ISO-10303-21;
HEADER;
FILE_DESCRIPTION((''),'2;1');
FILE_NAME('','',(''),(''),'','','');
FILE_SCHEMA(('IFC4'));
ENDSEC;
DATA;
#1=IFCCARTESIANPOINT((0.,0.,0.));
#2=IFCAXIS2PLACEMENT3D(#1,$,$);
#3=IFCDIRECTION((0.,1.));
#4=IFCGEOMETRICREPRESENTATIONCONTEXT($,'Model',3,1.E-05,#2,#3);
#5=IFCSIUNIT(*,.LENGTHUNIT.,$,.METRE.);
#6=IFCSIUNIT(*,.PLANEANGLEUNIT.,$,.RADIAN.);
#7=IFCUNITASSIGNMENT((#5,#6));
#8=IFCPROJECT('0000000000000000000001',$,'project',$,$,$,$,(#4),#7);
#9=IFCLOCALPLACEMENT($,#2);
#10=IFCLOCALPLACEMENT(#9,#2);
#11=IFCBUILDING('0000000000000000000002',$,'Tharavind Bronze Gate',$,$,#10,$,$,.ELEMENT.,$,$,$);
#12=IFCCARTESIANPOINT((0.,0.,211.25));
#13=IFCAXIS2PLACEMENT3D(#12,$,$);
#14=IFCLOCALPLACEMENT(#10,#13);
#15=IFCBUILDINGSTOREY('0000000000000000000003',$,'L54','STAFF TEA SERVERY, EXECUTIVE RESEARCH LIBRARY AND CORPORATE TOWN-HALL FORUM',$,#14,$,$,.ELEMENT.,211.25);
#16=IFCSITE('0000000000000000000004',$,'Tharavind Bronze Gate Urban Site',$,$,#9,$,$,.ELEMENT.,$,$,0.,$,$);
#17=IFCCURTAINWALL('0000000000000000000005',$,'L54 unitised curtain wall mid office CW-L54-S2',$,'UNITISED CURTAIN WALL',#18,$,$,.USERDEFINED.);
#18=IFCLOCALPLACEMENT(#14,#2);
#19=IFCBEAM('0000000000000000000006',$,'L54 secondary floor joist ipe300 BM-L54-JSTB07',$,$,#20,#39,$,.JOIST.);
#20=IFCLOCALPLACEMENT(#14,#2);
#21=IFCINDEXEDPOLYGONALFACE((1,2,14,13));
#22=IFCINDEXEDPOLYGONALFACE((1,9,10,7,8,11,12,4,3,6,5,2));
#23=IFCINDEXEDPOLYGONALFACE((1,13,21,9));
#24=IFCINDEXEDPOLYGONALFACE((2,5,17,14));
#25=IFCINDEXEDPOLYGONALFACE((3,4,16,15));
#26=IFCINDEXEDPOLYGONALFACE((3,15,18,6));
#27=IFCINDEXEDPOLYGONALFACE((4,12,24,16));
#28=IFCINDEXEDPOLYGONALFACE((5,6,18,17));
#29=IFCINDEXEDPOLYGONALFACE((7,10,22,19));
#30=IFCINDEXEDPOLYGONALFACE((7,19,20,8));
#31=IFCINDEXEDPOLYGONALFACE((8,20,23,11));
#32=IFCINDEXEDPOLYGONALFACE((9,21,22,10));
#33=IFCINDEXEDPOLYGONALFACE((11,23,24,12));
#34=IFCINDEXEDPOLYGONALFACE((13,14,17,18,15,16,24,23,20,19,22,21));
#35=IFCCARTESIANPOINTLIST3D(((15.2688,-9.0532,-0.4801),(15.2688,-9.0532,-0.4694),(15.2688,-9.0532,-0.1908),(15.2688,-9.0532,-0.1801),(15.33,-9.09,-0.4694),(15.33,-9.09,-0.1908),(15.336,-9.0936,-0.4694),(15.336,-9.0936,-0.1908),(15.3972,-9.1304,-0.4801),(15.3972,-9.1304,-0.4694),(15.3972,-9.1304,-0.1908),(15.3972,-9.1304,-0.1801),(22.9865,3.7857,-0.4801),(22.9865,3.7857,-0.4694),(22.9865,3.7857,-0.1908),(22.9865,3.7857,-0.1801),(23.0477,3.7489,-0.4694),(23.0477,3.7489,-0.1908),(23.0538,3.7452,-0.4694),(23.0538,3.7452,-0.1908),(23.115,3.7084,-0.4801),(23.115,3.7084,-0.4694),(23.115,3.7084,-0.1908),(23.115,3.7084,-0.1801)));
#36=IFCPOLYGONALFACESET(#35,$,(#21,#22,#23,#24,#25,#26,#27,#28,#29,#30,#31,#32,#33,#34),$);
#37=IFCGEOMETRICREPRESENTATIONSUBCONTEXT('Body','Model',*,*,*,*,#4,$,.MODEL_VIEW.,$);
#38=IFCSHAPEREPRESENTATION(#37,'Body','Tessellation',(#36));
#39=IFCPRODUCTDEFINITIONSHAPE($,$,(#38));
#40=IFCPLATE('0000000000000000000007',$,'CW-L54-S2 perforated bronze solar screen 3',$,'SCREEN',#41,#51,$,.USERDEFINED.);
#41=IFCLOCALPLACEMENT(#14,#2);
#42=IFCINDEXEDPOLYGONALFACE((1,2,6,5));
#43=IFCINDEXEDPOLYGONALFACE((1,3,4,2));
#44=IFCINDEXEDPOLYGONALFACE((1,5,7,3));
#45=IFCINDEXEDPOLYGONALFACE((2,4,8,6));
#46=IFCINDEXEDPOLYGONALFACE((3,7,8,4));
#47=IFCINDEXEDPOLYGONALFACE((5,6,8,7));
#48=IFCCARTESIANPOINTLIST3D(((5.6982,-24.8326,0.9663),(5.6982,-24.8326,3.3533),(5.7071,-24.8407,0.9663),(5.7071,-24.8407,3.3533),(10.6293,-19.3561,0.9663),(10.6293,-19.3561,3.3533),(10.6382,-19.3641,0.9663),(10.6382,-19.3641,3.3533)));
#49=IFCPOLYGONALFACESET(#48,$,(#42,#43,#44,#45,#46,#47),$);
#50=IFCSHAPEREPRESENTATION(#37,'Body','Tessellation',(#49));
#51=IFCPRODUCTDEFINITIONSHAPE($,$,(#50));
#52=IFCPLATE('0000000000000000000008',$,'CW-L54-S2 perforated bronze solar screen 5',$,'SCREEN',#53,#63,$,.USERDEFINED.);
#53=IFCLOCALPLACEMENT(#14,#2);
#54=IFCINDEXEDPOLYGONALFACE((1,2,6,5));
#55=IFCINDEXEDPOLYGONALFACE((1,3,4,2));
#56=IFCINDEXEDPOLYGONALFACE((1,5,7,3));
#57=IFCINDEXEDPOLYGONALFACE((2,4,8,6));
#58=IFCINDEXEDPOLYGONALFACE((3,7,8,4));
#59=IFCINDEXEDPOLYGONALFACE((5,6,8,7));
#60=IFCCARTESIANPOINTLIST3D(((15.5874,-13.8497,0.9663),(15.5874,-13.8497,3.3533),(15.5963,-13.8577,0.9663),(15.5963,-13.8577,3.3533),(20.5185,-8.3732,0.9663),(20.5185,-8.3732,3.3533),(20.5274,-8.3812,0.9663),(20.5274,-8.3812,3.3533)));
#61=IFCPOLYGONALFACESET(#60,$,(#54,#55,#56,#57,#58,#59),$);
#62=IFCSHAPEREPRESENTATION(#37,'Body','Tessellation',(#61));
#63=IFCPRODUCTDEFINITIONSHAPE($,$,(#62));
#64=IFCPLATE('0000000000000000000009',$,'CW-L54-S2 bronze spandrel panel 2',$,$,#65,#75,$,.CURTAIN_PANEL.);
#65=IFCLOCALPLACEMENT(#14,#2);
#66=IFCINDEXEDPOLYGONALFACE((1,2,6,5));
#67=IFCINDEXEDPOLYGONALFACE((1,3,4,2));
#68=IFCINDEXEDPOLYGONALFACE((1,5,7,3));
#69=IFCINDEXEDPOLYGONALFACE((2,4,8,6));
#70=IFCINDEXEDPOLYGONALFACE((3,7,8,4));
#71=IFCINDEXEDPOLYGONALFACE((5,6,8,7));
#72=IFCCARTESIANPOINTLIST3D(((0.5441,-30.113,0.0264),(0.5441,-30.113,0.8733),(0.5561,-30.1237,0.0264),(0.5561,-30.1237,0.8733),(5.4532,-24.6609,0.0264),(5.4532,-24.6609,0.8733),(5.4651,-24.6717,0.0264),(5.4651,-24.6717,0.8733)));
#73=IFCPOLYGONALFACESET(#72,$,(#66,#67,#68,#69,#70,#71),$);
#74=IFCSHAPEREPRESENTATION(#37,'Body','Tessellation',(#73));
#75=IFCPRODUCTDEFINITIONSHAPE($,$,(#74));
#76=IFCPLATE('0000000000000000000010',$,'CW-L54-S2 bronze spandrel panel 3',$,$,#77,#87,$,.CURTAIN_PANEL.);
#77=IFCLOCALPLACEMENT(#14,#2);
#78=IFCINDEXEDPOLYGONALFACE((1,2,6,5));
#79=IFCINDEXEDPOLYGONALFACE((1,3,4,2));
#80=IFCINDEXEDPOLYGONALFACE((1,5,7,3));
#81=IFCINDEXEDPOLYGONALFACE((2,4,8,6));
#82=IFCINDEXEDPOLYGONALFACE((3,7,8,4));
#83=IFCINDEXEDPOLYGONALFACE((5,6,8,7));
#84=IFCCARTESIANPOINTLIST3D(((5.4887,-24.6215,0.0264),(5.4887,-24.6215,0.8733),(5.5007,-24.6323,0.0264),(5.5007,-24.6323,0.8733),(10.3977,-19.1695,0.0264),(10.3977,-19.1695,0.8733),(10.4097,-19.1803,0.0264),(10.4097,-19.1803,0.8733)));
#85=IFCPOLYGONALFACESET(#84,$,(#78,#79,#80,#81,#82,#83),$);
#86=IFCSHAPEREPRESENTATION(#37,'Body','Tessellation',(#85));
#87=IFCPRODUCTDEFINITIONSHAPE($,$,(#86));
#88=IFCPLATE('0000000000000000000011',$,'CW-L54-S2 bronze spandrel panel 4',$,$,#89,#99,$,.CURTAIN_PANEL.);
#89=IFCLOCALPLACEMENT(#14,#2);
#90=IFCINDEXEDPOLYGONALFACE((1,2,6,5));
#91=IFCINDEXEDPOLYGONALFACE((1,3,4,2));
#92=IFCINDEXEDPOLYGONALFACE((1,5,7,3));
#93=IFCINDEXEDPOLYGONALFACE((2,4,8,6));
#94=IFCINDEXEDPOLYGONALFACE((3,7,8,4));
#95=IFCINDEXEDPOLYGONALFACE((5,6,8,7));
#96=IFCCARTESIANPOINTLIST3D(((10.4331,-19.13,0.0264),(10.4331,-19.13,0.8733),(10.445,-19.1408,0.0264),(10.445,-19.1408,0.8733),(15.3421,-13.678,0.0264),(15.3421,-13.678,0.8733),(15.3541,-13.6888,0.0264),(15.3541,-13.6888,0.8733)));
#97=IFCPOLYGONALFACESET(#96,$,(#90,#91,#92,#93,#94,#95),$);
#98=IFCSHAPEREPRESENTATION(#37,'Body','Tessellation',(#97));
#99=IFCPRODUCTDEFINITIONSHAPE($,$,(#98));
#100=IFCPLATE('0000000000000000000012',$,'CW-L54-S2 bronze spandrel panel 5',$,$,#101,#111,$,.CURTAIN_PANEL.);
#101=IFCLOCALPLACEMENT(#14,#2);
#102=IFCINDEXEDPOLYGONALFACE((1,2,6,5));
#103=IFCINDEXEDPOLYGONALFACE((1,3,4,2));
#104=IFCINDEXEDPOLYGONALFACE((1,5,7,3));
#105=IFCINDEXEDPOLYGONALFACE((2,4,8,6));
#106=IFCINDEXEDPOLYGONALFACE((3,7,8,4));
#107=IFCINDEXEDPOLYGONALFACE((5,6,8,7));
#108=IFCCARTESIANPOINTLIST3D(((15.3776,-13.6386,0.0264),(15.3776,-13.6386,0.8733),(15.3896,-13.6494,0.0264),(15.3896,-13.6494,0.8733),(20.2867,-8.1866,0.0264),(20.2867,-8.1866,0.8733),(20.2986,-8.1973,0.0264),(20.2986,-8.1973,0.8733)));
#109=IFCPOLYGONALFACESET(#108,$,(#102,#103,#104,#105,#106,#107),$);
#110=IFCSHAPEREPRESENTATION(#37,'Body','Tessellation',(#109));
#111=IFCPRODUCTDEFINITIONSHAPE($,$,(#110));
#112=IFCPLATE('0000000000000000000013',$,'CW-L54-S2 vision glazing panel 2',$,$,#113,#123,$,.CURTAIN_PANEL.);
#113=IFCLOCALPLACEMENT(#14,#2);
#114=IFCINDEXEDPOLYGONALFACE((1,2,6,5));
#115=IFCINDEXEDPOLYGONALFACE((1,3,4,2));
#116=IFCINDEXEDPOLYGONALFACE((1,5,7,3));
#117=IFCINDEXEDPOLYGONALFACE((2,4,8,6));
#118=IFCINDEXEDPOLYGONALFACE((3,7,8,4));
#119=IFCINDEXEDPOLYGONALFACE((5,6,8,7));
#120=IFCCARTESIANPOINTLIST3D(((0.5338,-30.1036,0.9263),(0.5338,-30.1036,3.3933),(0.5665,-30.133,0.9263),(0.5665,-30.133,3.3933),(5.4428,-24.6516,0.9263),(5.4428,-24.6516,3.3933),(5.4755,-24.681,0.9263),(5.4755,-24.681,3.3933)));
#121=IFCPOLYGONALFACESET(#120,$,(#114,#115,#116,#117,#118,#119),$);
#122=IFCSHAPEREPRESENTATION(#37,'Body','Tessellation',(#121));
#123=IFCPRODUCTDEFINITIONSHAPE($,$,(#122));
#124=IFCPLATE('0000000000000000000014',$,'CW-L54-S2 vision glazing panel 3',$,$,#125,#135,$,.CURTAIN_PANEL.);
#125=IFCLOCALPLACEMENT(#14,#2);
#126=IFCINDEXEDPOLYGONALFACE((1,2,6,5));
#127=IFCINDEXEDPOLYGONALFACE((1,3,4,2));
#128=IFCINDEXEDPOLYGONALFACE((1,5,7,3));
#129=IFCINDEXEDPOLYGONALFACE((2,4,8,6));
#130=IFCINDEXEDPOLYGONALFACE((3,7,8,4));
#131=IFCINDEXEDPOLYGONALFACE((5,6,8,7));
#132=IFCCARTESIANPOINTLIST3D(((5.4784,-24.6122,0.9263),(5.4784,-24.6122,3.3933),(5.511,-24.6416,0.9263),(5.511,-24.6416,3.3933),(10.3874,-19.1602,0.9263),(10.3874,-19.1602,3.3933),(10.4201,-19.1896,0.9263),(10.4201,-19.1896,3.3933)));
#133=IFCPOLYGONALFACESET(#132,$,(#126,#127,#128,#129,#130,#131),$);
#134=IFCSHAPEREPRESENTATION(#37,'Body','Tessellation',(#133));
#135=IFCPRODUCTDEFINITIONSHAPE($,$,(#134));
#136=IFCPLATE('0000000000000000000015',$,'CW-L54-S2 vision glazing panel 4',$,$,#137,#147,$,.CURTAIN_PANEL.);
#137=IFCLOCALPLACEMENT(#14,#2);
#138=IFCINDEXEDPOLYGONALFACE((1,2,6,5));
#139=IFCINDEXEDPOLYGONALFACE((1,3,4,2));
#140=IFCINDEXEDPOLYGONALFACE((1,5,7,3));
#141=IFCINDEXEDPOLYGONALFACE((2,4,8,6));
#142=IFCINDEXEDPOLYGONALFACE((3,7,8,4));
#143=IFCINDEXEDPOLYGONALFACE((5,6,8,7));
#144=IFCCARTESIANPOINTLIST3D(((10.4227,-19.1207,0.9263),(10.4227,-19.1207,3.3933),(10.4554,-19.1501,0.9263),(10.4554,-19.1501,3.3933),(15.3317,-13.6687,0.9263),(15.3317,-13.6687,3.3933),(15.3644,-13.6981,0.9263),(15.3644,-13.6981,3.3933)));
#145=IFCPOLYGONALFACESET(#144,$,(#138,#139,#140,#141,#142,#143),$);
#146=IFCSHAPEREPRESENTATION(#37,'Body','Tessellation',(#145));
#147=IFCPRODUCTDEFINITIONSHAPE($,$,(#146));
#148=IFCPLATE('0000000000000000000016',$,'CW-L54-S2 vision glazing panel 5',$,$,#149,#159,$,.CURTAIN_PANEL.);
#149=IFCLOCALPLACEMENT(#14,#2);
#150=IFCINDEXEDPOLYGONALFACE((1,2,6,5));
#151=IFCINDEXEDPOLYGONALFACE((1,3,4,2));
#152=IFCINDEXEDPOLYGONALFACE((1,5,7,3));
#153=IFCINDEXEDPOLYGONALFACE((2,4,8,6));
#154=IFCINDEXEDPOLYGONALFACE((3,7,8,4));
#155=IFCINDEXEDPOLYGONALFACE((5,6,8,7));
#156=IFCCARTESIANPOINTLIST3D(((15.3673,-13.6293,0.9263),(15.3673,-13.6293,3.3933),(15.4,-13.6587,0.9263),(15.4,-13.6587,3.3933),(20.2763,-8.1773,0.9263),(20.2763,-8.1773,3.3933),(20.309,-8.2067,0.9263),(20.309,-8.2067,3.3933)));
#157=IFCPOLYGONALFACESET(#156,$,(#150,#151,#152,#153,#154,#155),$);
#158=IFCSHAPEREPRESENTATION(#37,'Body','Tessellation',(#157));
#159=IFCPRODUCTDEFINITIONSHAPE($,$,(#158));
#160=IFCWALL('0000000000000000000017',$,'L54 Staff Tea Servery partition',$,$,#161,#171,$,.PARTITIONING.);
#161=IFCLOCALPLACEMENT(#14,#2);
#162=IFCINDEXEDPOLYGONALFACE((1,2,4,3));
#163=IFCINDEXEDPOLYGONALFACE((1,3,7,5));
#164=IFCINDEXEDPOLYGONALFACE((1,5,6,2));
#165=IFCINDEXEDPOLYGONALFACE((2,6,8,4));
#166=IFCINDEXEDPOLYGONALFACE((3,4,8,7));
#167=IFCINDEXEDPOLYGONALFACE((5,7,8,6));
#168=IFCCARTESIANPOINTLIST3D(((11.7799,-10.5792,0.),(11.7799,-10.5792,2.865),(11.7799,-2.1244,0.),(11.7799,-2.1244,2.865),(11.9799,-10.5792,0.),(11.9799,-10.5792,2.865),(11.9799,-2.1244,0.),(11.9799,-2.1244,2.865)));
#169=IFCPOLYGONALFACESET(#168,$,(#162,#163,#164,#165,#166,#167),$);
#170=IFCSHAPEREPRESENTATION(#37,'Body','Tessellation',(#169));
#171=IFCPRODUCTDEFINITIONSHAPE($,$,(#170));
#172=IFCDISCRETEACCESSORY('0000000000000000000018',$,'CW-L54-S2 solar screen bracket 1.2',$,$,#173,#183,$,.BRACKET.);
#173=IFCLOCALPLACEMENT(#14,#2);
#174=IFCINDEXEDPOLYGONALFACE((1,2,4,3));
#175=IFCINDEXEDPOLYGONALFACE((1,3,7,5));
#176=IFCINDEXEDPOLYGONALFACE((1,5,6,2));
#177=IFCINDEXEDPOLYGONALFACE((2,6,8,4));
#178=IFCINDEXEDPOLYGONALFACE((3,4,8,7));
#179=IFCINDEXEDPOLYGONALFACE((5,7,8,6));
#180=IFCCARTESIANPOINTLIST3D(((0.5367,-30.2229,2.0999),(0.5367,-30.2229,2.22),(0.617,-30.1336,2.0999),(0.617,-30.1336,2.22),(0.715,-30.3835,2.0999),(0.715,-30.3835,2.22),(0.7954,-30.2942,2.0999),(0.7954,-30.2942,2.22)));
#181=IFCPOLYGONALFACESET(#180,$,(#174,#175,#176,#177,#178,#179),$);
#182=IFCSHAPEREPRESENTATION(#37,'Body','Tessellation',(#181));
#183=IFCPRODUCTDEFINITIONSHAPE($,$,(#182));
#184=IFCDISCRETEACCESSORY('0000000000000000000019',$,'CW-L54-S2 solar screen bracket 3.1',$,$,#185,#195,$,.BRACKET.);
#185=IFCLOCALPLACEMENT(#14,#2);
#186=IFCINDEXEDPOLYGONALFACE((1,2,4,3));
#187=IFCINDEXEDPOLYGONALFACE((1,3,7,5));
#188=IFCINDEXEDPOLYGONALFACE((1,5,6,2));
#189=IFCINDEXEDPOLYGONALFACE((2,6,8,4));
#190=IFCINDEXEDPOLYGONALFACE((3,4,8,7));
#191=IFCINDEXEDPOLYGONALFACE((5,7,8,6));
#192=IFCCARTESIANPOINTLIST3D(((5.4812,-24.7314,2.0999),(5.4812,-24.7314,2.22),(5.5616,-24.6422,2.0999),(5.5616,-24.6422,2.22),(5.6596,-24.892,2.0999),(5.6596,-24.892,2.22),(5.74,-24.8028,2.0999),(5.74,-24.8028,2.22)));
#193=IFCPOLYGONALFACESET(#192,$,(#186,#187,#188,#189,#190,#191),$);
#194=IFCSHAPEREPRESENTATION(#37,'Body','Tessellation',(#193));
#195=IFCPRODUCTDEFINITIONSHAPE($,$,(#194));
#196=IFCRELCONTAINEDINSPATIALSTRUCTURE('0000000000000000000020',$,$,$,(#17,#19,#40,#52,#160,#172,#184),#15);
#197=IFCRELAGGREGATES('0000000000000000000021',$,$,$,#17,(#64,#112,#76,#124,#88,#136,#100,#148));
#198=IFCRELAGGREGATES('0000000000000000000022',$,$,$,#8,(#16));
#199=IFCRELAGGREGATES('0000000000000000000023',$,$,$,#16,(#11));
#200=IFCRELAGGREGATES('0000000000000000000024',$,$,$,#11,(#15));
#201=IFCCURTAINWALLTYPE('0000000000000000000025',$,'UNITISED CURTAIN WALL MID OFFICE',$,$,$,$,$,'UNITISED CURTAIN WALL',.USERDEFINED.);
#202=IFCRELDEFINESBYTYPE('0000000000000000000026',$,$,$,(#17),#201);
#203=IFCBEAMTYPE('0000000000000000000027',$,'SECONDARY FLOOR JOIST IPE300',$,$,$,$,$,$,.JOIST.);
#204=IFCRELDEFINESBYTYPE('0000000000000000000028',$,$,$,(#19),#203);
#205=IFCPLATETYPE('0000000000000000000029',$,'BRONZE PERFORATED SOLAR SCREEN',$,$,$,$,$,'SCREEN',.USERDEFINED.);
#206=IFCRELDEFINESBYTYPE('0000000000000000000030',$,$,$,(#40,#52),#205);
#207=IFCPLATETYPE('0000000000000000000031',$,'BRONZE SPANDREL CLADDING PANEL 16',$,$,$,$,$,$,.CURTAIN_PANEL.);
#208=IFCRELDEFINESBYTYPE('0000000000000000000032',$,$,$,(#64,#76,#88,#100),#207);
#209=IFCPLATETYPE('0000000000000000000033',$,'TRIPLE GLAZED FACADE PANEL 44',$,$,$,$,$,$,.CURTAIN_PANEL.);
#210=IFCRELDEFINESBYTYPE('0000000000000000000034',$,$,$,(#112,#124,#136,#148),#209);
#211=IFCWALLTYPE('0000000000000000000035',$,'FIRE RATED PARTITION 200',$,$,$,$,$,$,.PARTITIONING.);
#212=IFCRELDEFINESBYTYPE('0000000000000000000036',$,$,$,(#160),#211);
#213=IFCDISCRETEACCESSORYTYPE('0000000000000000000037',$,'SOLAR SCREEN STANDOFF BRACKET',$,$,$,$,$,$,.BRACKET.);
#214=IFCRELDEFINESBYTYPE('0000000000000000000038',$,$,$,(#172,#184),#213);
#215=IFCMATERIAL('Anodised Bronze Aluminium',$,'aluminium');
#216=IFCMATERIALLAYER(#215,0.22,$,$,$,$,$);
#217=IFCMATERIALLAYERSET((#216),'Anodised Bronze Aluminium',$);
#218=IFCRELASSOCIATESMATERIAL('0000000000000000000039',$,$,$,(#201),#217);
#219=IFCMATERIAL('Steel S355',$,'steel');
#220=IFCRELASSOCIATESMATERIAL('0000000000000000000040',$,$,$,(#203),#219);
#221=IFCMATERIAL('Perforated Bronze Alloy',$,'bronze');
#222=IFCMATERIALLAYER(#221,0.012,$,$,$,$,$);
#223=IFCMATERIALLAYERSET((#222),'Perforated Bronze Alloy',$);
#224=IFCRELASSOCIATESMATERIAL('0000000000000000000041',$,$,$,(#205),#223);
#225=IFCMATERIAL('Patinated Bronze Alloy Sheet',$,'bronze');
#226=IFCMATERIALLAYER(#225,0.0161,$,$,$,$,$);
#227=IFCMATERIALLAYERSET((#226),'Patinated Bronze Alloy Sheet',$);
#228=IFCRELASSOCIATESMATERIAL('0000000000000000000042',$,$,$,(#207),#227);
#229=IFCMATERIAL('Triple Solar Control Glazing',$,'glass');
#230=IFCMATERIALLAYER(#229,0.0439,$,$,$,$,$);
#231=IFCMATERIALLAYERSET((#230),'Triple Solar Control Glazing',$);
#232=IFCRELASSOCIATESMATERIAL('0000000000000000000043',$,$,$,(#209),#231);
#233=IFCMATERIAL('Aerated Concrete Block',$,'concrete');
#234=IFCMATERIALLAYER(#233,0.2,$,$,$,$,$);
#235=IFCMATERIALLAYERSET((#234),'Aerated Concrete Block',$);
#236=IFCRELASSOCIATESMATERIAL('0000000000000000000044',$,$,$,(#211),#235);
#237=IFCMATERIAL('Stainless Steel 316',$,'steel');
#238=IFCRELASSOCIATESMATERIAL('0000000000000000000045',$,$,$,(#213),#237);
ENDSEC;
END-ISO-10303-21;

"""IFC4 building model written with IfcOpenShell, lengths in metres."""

from ifc_helpers import new_model, si_unit, direction, frame, frame_2d, origin, origin_2d, place, context, subcontext, project, spatial, rectangle, i_section, extrude, material, layer, layer_set, material_profile, profile_set, type_object, element, aggregate, save


model = new_model("IFC4")

# Units and contexts
model_context = context("Model", 3, precision=1e-05, world=origin(), true_north=direction((0.0, 1.0)))
body_context = subcontext(model_context, "Body", "Model", "MODEL_VIEW")
ifc_project = project(units=[si_unit("LENGTHUNIT", "METRE"), si_unit("PLANEANGLEUNIT", "RADIAN")], contexts=[model_context])

# Site, building, storey
site_placement = place(None, origin())
site = spatial("IfcSite", under=ifc_project, at=site_placement, Name="Tharavind Bronze Gate Urban Site", CompositionType="ELEMENT", RefElevation=0.0)
building_placement = place(site_placement, origin())
building = spatial("IfcBuilding", under=site, at=building_placement, Name="Tharavind Bronze Gate", CompositionType="ELEMENT")
storey_placement = place(building_placement, frame((0.0, 0.0, 211.25)))
storey = spatial("IfcBuildingStorey", under=building, at=storey_placement, Name="L54", Description="STAFF TEA SERVERY, EXECUTIVE RESEARCH LIBRARY AND CORPORATE TOWN-HALL FORUM", CompositionType="ELEMENT", Elevation=211.25)

# Curtain wall
ifc_material_1 = material(Name="Anodised Bronze Aluminium", Category="aluminium")
ifc_layer_1 = layer(ifc_material_1, 0.22)
ifc_layer_set_1 = layer_set([ifc_layer_1], Name="Anodised Bronze Aluminium")
curtain_wall_type = type_object("IfcCurtainWallType", Name="UNITISED CURTAIN WALL MID OFFICE", ElementType="UNITISED CURTAIN WALL", PredefinedType="USERDEFINED", material=ifc_layer_set_1)
curtain_wall_placement = place(storey_placement, origin())
curtain_wall = element("IfcCurtainWall", 1, at=curtain_wall_placement, inside=storey, type_object=curtain_wall_type, Name="L54 unitised curtain wall mid office CW-L54-S2", ObjectType="UNITISED CURTAIN WALL", PredefinedType="USERDEFINED")

# Beam
ifc_material_2 = material(Name="Steel S355", Category="steel")
ifc_material_profile_1 = material_profile(ifc_material_2, i_section(OverallWidth=0.1499, OverallDepth=0.3, WebThickness=0.0071, FlangeThickness=0.0107, at=origin_2d()), Name="IPE300")
ifc_profile_set_1 = profile_set([ifc_material_profile_1], Name="Steel S355")
beam_type_1 = type_object("IfcBeamType", Name="SECONDARY FLOOR JOIST IPE300", PredefinedType="JOIST", material=ifc_profile_set_1)
beam_1_placement = place(storey_placement, frame((15.333, -9.0918, -0.3301), z_axis=(0.515205, 0.857067, 0.0), x_axis=(-0.857067, 0.515205, 0.0)))
element("IfcBeam", 2, at=beam_1_placement, inside=storey, type_object=beam_type_1, Name="L54 secondary floor joist ipe300 BM-L54-JSTB07", PredefinedType="JOIST", context=body_context, shape_type="SweptSolid", body=[
    extrude(i_section(OverallWidth=0.1499, OverallDepth=0.3, WebThickness=0.0071, FlangeThickness=0.0107, at=origin_2d()), origin(), (0.0, 0.0, 1.0), 14.98),
])

# Plates
ifc_material_3 = material(Name="Perforated Bronze Alloy", Category="bronze")
ifc_layer_2 = layer(ifc_material_3, 0.012)
ifc_layer_set_2 = layer_set([ifc_layer_2], Name="Perforated Bronze Alloy")
plate_type_1 = type_object("IfcPlateType", Name="BRONZE PERFORATED SOLAR SCREEN", ElementType="SCREEN", PredefinedType="USERDEFINED", material=ifc_layer_set_2)
for number, where, z_axis, x_axis, name in (
    (3, (8.1682, -22.0984, 0.9663), (0.0, 0.0, 1.0), (0.669131, 0.743145, 0.0), "CW-L54-S2 perforated bronze solar screen 3"),
    (4, (18.0574, -11.1155, 0.9663), (0.0, 0.0, 1.0), (0.669131, 0.743145, 0.0), "CW-L54-S2 perforated bronze solar screen 5"),
):
    element("IfcPlate", number, at=place(storey_placement, frame(where, z_axis=z_axis, x_axis=x_axis)), inside=storey, type_object=plate_type_1, Name=name, ObjectType="SCREEN", PredefinedType="USERDEFINED", context=body_context, shape_type="SweptSolid", body=[
        extrude(rectangle(XDim=7.3694, YDim=0.012, at=origin_2d()), origin(), (0.0, 0.0, 1.0), 2.387),
    ])

# Plates
ifc_material_4 = material(Name="Patinated Bronze Alloy Sheet", Category="bronze")
ifc_layer_3 = layer(ifc_material_4, 0.0161)
ifc_layer_set_3 = layer_set([ifc_layer_3], Name="Patinated Bronze Alloy Sheet")
plate_type_2 = type_object("IfcPlateType", Name="BRONZE SPANDREL CLADDING PANEL 16", PredefinedType="CURTAIN_PANEL", material=ifc_layer_set_3)
plate_1_placement = place(storey_placement, frame((3.0046, -27.3923, 0.0264), z_axis=(0.0, 0.0, 1.0), x_axis=(0.669131, 0.743145, 0.0)))
plate_1 = element("IfcPlate", 5, at=plate_1_placement, type_object=plate_type_2, Name="CW-L54-S2 bronze spandrel panel 2", PredefinedType="CURTAIN_PANEL", context=body_context, shape_type="SweptSolid", body=[
    extrude(rectangle(XDim=7.3364, YDim=0.0161, at=origin_2d()), origin(), (0.0, 0.0, 1.0), 0.8469),
])
plate_2_placement = place(storey_placement, frame((7.9492, -21.9009, 0.0264), z_axis=(0.0, 0.0, 1.0), x_axis=(0.669131, 0.743145, 0.0)))
plate_2 = element("IfcPlate", 6, at=plate_2_placement, type_object=plate_type_2, Name="CW-L54-S2 bronze spandrel panel 3", PredefinedType="CURTAIN_PANEL", context=body_context, shape_type="SweptSolid", body=[
    extrude(rectangle(XDim=7.3364, YDim=0.0161, at=origin_2d()), origin(), (0.0, 0.0, 1.0), 0.8469),
])
plate_3_placement = place(storey_placement, frame((12.8936, -16.4094, 0.0264), z_axis=(0.0, 0.0, 1.0), x_axis=(0.669131, 0.743145, 0.0)))
plate_3 = element("IfcPlate", 7, at=plate_3_placement, type_object=plate_type_2, Name="CW-L54-S2 bronze spandrel panel 4", PredefinedType="CURTAIN_PANEL", context=body_context, shape_type="SweptSolid", body=[
    extrude(rectangle(XDim=7.3364, YDim=0.0161, at=origin_2d()), origin(), (0.0, 0.0, 1.0), 0.8469),
])
plate_4_placement = place(storey_placement, frame((17.8381, -10.918, 0.0264), z_axis=(0.0, 0.0, 1.0), x_axis=(0.669131, 0.743145, 0.0)))
plate_4 = element("IfcPlate", 8, at=plate_4_placement, type_object=plate_type_2, Name="CW-L54-S2 bronze spandrel panel 5", PredefinedType="CURTAIN_PANEL", context=body_context, shape_type="SweptSolid", body=[
    extrude(rectangle(XDim=7.3364, YDim=0.0161, at=origin_2d()), origin(), (0.0, 0.0, 1.0), 0.8469),
])
ifc_material_5 = material(Name="Triple Solar Control Glazing", Category="glass")
ifc_layer_4 = layer(ifc_material_5, 0.0439)
ifc_layer_set_4 = layer_set([ifc_layer_4], Name="Triple Solar Control Glazing")
plate_type_3 = type_object("IfcPlateType", Name="TRIPLE GLAZED FACADE PANEL 44", PredefinedType="CURTAIN_PANEL", material=ifc_layer_set_4)
plate_5_placement = place(storey_placement, frame((3.0046, -27.3923, 0.9263), z_axis=(0.0, 0.0, 1.0), x_axis=(0.669131, 0.743145, 0.0)))
plate_5 = element("IfcPlate", 9, at=plate_5_placement, type_object=plate_type_3, Name="CW-L54-S2 vision glazing panel 2", PredefinedType="CURTAIN_PANEL", context=body_context, shape_type="SweptSolid", body=[
    extrude(rectangle(XDim=7.3364, YDim=0.0439, at=origin_2d()), origin(), (0.0, 0.0, 1.0), 2.467),
])
plate_6_placement = place(storey_placement, frame((7.9492, -21.9009, 0.9263), z_axis=(0.0, 0.0, 1.0), x_axis=(0.669131, 0.743145, 0.0)))
plate_6 = element("IfcPlate", 10, at=plate_6_placement, type_object=plate_type_3, Name="CW-L54-S2 vision glazing panel 3", PredefinedType="CURTAIN_PANEL", context=body_context, shape_type="SweptSolid", body=[
    extrude(rectangle(XDim=7.3364, YDim=0.0439, at=origin_2d()), origin(), (0.0, 0.0, 1.0), 2.467),
])
plate_7_placement = place(storey_placement, frame((12.8936, -16.4094, 0.9263), z_axis=(0.0, 0.0, 1.0), x_axis=(0.669131, 0.743145, 0.0)))
plate_7 = element("IfcPlate", 11, at=plate_7_placement, type_object=plate_type_3, Name="CW-L54-S2 vision glazing panel 4", PredefinedType="CURTAIN_PANEL", context=body_context, shape_type="SweptSolid", body=[
    extrude(rectangle(XDim=7.3364, YDim=0.0439, at=origin_2d()), origin(), (0.0, 0.0, 1.0), 2.467),
])
plate_8_placement = place(storey_placement, frame((17.8381, -10.918, 0.9263), z_axis=(0.0, 0.0, 1.0), x_axis=(0.669131, 0.743145, 0.0)))
plate_8 = element("IfcPlate", 12, at=plate_8_placement, type_object=plate_type_3, Name="CW-L54-S2 vision glazing panel 5", PredefinedType="CURTAIN_PANEL", context=body_context, shape_type="SweptSolid", body=[
    extrude(rectangle(XDim=7.3364, YDim=0.0439, at=origin_2d()), origin(), (0.0, 0.0, 1.0), 2.467),
])
aggregate(curtain_wall, [plate_1, plate_5, plate_2, plate_6, plate_3, plate_7, plate_4, plate_8])

# Wall
ifc_material_6 = material(Name="Aerated Concrete Block", Category="concrete")
ifc_layer_5 = layer(ifc_material_6, 0.2)
ifc_layer_set_5 = layer_set([ifc_layer_5], Name="Aerated Concrete Block")
wall_type = type_object("IfcWallType", Name="FIRE RATED PARTITION 200", PredefinedType="PARTITIONING", material=ifc_layer_set_5)
wall_placement = place(storey_placement, frame((11.8799, -10.5793, 0.0), z_axis=(0.0, 0.0, 1.0), x_axis=(0.0, 1.0, 0.0)))
element("IfcWall", 13, at=wall_placement, inside=storey, type_object=wall_type, Name="L54 Staff Tea Servery partition", PredefinedType="PARTITIONING", context=body_context, shape_type="SweptSolid", body=[
    extrude(rectangle(XDim=8.4548, YDim=0.2, at=frame_2d((4.2275, 0.0))), origin(), (0.0, 0.0, 1.0), 2.865),
])

# Discrete accessories
ifc_material_7 = material(Name="Stainless Steel 316", Category="steel")
discrete_accessory_type = type_object("IfcDiscreteAccessoryType", Name="SOLAR SCREEN STANDOFF BRACKET", PredefinedType="BRACKET", material=ifc_material_7)
for number, where, z_axis, x_axis, name in (
    (14, (0.666, -30.2585, 2.0999), (0.0, 0.0, 1.0), (0.669131, 0.743145, 0.0), "CW-L54-S2 solar screen bracket 1.2"),
    (15, (5.6106, -24.7671, 2.0999), (0.0, 0.0, 1.0), (0.669131, 0.743145, 0.0), "CW-L54-S2 solar screen bracket 3.1"),
):
    element("IfcDiscreteAccessory", number, at=place(storey_placement, frame(where, z_axis=z_axis, x_axis=x_axis)), inside=storey, type_object=discrete_accessory_type, Name=name, PredefinedType="BRACKET", context=body_context, shape_type="SweptSolid", body=[
        extrude(rectangle(XDim=0.1201, YDim=0.24, at=origin_2d()), origin(), (0.0, 0.0, 1.0), 0.1201),
    ])

save(model, "model.ifc")
